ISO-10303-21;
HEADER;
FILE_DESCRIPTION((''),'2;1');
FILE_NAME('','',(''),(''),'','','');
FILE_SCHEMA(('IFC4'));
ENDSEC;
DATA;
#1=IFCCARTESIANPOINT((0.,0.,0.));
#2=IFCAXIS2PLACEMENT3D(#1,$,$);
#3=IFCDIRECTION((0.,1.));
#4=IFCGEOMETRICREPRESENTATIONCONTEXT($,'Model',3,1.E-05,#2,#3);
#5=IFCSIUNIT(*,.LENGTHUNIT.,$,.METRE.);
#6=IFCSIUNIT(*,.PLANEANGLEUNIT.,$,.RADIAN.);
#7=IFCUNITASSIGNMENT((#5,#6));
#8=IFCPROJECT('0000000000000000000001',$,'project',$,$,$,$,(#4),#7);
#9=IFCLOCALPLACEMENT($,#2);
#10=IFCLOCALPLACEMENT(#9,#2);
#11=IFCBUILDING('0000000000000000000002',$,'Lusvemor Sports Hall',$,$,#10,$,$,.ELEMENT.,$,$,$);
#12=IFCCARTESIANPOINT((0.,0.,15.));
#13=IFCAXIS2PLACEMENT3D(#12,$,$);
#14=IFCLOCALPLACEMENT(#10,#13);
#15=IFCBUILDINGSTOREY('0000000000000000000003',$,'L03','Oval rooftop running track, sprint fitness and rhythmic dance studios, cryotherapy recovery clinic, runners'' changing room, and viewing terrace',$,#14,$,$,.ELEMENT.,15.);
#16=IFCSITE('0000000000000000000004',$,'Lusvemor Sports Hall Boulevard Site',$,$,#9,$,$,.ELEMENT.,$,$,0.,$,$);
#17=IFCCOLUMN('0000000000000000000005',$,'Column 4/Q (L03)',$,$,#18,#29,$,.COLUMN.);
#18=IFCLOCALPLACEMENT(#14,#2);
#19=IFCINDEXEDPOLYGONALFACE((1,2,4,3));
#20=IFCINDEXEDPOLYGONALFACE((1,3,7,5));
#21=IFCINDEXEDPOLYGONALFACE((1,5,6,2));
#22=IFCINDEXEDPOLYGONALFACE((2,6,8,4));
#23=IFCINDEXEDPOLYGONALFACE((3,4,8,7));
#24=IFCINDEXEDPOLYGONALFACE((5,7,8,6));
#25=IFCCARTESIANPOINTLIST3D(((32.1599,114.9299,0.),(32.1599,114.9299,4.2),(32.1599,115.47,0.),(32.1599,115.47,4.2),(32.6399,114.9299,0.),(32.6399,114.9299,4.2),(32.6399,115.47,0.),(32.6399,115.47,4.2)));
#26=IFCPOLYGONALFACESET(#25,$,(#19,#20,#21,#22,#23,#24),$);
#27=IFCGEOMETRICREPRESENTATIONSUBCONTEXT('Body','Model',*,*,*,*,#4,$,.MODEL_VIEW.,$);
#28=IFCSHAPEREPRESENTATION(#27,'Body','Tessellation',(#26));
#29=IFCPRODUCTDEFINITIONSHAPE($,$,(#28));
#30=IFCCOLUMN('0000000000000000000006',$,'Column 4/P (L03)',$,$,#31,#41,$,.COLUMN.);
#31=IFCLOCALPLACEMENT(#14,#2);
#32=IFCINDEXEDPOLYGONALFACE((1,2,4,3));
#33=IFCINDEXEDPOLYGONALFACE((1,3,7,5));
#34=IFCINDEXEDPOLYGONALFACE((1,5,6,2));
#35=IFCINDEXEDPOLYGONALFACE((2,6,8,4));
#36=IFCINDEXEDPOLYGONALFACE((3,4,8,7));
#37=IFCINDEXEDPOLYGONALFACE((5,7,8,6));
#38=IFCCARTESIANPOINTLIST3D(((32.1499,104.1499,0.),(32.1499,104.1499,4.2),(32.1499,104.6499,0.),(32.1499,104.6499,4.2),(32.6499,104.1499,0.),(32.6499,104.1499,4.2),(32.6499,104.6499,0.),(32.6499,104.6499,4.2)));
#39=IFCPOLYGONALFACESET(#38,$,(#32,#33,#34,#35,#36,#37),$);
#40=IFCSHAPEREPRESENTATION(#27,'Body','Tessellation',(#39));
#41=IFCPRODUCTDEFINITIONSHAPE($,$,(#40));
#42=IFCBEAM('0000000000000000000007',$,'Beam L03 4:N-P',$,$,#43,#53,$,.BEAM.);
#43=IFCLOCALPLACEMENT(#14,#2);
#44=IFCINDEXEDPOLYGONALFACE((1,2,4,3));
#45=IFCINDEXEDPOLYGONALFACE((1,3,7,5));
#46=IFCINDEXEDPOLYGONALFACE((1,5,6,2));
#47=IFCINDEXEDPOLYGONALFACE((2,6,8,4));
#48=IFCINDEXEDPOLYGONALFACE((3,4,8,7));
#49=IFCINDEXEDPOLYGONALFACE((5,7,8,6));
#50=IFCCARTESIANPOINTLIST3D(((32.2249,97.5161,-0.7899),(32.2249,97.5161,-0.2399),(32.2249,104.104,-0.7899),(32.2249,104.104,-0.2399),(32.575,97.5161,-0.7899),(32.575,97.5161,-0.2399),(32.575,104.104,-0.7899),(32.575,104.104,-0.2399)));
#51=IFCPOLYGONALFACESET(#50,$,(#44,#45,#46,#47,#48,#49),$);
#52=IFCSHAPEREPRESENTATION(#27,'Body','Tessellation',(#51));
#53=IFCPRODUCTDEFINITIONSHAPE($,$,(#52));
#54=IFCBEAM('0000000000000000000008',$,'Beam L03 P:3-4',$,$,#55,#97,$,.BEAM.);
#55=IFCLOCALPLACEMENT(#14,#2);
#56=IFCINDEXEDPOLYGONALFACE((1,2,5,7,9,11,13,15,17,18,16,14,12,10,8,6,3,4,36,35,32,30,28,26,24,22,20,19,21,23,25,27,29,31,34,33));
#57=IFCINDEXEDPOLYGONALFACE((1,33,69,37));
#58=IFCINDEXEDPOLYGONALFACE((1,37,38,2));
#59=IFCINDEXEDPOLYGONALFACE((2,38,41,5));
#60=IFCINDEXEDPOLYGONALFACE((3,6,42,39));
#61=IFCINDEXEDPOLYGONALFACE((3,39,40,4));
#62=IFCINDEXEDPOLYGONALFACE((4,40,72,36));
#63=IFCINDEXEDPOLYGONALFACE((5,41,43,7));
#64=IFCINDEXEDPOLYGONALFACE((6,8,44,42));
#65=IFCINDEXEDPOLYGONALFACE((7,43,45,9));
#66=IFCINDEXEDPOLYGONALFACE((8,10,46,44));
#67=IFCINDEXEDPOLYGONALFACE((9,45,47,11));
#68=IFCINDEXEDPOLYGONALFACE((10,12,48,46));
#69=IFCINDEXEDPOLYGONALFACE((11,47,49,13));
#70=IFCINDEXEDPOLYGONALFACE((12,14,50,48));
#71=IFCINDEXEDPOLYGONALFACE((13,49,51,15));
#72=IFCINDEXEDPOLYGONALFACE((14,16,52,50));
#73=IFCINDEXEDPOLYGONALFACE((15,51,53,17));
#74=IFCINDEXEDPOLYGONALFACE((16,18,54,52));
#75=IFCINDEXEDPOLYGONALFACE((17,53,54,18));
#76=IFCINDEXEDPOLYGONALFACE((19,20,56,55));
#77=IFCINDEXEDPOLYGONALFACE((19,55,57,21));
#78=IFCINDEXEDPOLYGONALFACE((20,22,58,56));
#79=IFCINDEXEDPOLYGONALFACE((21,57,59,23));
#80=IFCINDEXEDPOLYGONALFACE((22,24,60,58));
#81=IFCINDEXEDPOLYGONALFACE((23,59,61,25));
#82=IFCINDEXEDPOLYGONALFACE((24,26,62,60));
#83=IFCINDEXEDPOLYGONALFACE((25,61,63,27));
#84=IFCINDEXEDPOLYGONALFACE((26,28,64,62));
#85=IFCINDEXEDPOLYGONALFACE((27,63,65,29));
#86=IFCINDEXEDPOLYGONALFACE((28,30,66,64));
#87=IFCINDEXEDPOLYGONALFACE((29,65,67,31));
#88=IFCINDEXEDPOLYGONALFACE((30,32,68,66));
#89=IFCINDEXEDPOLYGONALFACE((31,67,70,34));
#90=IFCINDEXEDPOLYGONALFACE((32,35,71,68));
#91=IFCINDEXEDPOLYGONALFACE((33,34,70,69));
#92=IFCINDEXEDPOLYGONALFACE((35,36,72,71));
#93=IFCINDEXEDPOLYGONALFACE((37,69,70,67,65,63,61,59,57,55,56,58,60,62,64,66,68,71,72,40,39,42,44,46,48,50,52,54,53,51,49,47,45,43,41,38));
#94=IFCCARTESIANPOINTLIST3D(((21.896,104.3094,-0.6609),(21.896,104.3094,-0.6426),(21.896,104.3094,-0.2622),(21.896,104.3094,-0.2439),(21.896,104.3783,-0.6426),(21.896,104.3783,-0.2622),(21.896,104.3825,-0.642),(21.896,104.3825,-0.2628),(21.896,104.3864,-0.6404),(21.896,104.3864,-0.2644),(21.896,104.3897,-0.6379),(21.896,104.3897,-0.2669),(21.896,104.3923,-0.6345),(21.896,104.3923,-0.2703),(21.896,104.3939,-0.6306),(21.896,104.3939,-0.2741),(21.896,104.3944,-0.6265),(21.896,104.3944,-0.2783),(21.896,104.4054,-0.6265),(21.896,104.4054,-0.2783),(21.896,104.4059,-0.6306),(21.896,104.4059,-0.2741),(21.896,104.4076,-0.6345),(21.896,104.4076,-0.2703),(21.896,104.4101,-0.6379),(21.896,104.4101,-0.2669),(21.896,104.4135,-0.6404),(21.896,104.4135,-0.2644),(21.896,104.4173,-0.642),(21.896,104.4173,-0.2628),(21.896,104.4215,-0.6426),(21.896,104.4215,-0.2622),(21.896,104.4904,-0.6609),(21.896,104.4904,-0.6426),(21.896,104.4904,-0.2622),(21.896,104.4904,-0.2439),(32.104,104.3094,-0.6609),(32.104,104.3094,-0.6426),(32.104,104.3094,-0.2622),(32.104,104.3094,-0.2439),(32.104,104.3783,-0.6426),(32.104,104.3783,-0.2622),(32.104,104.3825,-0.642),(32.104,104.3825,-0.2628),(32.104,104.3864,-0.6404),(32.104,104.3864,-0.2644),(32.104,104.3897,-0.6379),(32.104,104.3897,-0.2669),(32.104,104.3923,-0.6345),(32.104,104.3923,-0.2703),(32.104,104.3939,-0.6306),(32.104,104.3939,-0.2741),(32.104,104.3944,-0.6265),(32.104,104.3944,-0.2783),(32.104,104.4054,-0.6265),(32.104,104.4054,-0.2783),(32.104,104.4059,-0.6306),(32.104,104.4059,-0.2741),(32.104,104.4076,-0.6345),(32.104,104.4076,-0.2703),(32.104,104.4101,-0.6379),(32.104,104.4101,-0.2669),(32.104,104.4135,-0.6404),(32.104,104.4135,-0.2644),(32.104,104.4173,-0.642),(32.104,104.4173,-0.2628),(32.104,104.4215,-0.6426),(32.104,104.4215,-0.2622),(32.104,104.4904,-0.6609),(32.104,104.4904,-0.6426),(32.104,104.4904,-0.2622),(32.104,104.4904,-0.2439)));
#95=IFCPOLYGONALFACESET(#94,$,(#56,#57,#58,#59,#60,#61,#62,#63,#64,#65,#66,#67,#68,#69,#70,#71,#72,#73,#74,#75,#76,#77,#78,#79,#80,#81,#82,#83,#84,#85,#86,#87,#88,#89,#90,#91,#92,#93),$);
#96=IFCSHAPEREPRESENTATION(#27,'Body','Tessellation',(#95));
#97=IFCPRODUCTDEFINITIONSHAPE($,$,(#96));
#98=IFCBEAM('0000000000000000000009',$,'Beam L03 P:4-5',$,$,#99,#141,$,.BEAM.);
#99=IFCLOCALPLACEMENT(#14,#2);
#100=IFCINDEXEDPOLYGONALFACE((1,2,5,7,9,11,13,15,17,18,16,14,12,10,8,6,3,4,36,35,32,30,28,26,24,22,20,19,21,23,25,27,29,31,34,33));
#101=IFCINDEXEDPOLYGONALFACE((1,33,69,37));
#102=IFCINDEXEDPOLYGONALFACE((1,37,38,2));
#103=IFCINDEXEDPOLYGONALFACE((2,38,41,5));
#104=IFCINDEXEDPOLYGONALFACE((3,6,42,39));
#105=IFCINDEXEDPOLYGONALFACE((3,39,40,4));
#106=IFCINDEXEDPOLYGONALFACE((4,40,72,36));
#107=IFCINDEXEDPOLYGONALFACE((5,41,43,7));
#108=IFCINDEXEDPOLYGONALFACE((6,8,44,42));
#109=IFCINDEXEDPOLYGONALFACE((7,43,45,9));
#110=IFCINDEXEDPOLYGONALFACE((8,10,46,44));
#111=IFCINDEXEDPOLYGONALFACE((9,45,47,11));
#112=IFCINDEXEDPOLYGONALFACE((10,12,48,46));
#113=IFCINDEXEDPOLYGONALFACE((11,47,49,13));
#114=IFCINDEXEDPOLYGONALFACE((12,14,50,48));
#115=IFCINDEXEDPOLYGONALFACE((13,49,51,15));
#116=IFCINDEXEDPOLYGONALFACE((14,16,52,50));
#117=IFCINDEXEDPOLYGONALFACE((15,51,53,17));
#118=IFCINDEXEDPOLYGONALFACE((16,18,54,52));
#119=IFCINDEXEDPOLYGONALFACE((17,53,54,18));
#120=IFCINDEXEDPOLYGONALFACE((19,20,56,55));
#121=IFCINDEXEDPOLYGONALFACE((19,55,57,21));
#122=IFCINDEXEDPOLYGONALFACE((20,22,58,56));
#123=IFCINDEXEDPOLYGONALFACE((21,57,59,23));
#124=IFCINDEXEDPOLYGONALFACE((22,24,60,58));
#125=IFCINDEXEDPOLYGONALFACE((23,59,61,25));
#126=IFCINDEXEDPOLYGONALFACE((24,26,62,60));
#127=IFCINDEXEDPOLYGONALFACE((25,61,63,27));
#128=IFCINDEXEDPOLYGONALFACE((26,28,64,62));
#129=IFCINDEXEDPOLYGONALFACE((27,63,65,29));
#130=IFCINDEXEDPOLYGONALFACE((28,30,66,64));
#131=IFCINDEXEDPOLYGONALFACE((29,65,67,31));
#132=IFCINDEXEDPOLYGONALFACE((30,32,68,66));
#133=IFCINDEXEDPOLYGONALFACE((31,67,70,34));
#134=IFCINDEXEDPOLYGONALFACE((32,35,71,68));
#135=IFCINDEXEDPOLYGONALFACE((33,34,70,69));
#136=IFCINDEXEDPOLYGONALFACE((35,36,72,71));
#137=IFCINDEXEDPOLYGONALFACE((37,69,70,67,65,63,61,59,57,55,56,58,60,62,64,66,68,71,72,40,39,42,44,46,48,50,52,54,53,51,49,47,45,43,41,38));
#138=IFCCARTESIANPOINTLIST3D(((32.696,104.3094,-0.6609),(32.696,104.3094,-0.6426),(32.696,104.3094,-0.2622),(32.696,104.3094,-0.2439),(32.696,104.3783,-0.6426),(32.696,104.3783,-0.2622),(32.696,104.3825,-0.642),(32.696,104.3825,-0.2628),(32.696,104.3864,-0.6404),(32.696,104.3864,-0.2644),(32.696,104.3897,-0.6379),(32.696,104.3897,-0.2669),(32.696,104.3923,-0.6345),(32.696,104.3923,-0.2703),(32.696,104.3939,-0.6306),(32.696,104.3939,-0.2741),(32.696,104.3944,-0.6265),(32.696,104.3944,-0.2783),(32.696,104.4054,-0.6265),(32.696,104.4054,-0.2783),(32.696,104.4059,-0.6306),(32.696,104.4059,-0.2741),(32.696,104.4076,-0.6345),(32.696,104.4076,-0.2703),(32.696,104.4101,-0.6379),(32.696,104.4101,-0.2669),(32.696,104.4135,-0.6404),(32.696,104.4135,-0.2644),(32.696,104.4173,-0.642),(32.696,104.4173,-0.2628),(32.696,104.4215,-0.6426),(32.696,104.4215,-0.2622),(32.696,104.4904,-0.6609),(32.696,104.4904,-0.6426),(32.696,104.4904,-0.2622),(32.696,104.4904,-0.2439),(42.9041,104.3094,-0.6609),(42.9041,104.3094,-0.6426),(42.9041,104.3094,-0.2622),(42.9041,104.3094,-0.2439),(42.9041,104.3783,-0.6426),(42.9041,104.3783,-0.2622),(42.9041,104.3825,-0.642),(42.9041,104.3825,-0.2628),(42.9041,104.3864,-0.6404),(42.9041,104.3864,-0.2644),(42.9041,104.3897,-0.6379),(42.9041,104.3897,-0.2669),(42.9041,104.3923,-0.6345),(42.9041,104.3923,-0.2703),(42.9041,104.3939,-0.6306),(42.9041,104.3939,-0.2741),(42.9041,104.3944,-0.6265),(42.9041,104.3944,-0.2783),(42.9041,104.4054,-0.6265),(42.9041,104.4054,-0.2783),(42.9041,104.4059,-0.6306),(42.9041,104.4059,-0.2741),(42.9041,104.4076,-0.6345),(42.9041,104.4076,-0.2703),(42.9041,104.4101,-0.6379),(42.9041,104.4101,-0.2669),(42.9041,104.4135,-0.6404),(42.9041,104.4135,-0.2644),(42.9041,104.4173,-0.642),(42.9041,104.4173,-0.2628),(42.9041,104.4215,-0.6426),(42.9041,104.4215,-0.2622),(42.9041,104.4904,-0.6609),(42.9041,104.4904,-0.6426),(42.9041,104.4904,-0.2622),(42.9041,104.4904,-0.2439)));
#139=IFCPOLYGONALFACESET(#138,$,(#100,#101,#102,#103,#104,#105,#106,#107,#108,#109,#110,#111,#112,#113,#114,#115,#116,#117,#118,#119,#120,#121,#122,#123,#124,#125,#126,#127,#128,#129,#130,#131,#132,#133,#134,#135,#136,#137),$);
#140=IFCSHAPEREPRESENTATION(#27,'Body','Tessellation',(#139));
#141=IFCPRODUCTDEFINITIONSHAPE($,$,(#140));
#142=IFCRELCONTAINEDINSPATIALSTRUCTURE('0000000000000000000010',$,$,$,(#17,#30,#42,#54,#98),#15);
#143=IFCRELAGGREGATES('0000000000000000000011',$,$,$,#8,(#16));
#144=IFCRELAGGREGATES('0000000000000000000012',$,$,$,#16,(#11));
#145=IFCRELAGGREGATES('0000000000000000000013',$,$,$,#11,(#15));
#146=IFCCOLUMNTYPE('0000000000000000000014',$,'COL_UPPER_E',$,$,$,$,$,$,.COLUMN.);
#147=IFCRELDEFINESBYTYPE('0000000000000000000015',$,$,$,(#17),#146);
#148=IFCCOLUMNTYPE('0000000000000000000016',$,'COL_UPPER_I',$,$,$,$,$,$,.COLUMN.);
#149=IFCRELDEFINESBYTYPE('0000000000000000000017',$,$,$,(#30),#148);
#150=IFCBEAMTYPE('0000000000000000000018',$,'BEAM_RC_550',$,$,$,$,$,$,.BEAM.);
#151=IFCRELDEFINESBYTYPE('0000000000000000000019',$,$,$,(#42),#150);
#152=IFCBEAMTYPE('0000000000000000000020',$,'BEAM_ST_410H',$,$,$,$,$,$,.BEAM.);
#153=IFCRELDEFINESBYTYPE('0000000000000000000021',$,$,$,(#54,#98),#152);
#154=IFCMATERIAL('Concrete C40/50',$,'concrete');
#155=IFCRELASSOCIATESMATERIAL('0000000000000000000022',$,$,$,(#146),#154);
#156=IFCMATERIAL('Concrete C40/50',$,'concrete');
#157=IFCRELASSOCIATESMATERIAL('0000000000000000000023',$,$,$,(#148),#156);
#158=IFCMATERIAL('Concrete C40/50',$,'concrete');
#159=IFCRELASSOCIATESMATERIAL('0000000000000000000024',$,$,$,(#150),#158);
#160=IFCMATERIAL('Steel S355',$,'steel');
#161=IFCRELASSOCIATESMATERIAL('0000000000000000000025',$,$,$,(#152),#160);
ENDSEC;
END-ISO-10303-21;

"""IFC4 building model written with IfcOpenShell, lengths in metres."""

from ifc_helpers import new_model, si_unit, direction, frame, origin, origin_2d, place, context, subcontext, project, spatial, rectangle, i_section, extrude, material, material_profile, profile_set, type_object, element, save


model = new_model("IFC4")

# Units and contexts
model_context = context("Model", 3, precision=1e-05, world=origin(), true_north=direction((0.0, 1.0)))
body_context = subcontext(model_context, "Body", "Model", "MODEL_VIEW")
ifc_project = project(units=[si_unit("LENGTHUNIT", "METRE"), si_unit("PLANEANGLEUNIT", "RADIAN")], contexts=[model_context])

# Site, building, storey
site_placement = place(None, origin())
site = spatial("IfcSite", under=ifc_project, at=site_placement, Name="Lusvemor Sports Hall Boulevard Site", CompositionType="ELEMENT", RefElevation=0.0)
building_placement = place(site_placement, origin())
building = spatial("IfcBuilding", under=site, at=building_placement, Name="Lusvemor Sports Hall", CompositionType="ELEMENT")
storey_placement = place(building_placement, frame((0.0, 0.0, 15.0)))
storey = spatial("IfcBuildingStorey", under=building, at=storey_placement, Name="L03", Description="Oval rooftop running track, sprint fitness and rhythmic dance studios, cryotherapy recovery clinic, runners' changing room, and viewing terrace", CompositionType="ELEMENT", Elevation=15.0)

# Columns
ifc_material_1 = material(Name="Concrete C40/50", Category="concrete")
ifc_material_profile_1 = material_profile(ifc_material_1, rectangle(XDim=0.48, YDim=0.54, at=origin_2d()), Name="RC480x540")
ifc_profile_set_1 = profile_set([ifc_material_profile_1], Name="Concrete C40/50")
column_type_1 = type_object("IfcColumnType", Name="COL_UPPER_E", PredefinedType="COLUMN", material=ifc_profile_set_1)
column_1_placement = place(storey_placement, frame((32.3999, 115.2, 0.0), z_axis=(0.0, 0.0, 1.0), x_axis=(1.0, 0.0, 0.0)))
element("IfcColumn", 1, at=column_1_placement, inside=storey, type_object=column_type_1, Name="Column 4/Q (L03)", PredefinedType="COLUMN", context=body_context, shape_type="SweptSolid", body=[
    extrude(rectangle(XDim=0.48, YDim=0.54, at=origin_2d()), origin(), (0.0, 0.0, 1.0), 4.2),
])
ifc_material_2 = material(Name="Concrete C40/50", Category="concrete")
ifc_material_profile_2 = material_profile(ifc_material_2, rectangle(XDim=0.5, YDim=0.5, at=origin_2d()), Name="RC500x500")
ifc_profile_set_2 = profile_set([ifc_material_profile_2], Name="Concrete C40/50")
column_type_2 = type_object("IfcColumnType", Name="COL_UPPER_I", PredefinedType="COLUMN", material=ifc_profile_set_2)
column_2_placement = place(storey_placement, frame((32.3999, 104.3999, 0.0), z_axis=(0.0, 0.0, 1.0), x_axis=(1.0, 0.0, 0.0)))
element("IfcColumn", 2, at=column_2_placement, inside=storey, type_object=column_type_2, Name="Column 4/P (L03)", PredefinedType="COLUMN", context=body_context, shape_type="SweptSolid", body=[
    extrude(rectangle(XDim=0.5, YDim=0.5, at=origin_2d()), origin(), (0.0, 0.0, 1.0), 4.2),
])

# Beams
ifc_material_3 = material(Name="Concrete C40/50", Category="concrete")
ifc_material_profile_3 = material_profile(ifc_material_3, rectangle(XDim=0.3501, YDim=0.55, at=origin_2d()), Name="RC350x550")
ifc_profile_set_3 = profile_set([ifc_material_profile_3], Name="Concrete C40/50")
beam_type_1 = type_object("IfcBeamType", Name="BEAM_RC_550", PredefinedType="BEAM", material=ifc_profile_set_3)
beam_1_placement = place(storey_placement, frame((32.3999, 97.5161, -0.5149), z_axis=(0.0, 1.0, 0.0), x_axis=(-1.0, 0.0, 0.0)))
element("IfcBeam", 3, at=beam_1_placement, inside=storey, type_object=beam_type_1, Name="Beam L03 4:N-P", PredefinedType="BEAM", context=body_context, shape_type="SweptSolid", body=[
    extrude(rectangle(XDim=0.3501, YDim=0.55, at=origin_2d()), origin(), (0.0, 0.0, 1.0), 6.5879),
])
ifc_material_4 = material(Name="Steel S355", Category="steel")
ifc_material_profile_4 = material_profile(ifc_material_4, i_section(OverallWidth=0.1809, OverallDepth=0.417, WebThickness=0.011, FlangeThickness=0.0183, FilletRadius=0.0161, at=origin_2d()), Name="W410x85.0")
ifc_profile_set_4 = profile_set([ifc_material_profile_4], Name="Steel S355")
beam_type_2 = type_object("IfcBeamType", Name="BEAM_ST_410H", PredefinedType="BEAM", material=ifc_profile_set_4)
for number, where, z_axis, x_axis, name in (
    (4, (21.896, 104.3999, -0.4524), (1.0, 0.0, 0.0), (0.0, 1.0, 0.0), "Beam L03 P:3-4"),
    (5, (32.696, 104.3999, -0.4524), (1.0, 0.0, 0.0), (0.0, 1.0, 0.0), "Beam L03 P:4-5"),
):
    element("IfcBeam", number, at=place(storey_placement, frame(where, z_axis=z_axis, x_axis=x_axis)), inside=storey, type_object=beam_type_2, Name=name, PredefinedType="BEAM", context=body_context, shape_type="SweptSolid", body=[
        extrude(i_section(OverallWidth=0.1809, OverallDepth=0.417, WebThickness=0.011, FlangeThickness=0.0183, FilletRadius=0.0161, at=origin_2d()), origin(), (0.0, 0.0, 1.0), 10.208),
    ])

save(model, "model.ifc")
